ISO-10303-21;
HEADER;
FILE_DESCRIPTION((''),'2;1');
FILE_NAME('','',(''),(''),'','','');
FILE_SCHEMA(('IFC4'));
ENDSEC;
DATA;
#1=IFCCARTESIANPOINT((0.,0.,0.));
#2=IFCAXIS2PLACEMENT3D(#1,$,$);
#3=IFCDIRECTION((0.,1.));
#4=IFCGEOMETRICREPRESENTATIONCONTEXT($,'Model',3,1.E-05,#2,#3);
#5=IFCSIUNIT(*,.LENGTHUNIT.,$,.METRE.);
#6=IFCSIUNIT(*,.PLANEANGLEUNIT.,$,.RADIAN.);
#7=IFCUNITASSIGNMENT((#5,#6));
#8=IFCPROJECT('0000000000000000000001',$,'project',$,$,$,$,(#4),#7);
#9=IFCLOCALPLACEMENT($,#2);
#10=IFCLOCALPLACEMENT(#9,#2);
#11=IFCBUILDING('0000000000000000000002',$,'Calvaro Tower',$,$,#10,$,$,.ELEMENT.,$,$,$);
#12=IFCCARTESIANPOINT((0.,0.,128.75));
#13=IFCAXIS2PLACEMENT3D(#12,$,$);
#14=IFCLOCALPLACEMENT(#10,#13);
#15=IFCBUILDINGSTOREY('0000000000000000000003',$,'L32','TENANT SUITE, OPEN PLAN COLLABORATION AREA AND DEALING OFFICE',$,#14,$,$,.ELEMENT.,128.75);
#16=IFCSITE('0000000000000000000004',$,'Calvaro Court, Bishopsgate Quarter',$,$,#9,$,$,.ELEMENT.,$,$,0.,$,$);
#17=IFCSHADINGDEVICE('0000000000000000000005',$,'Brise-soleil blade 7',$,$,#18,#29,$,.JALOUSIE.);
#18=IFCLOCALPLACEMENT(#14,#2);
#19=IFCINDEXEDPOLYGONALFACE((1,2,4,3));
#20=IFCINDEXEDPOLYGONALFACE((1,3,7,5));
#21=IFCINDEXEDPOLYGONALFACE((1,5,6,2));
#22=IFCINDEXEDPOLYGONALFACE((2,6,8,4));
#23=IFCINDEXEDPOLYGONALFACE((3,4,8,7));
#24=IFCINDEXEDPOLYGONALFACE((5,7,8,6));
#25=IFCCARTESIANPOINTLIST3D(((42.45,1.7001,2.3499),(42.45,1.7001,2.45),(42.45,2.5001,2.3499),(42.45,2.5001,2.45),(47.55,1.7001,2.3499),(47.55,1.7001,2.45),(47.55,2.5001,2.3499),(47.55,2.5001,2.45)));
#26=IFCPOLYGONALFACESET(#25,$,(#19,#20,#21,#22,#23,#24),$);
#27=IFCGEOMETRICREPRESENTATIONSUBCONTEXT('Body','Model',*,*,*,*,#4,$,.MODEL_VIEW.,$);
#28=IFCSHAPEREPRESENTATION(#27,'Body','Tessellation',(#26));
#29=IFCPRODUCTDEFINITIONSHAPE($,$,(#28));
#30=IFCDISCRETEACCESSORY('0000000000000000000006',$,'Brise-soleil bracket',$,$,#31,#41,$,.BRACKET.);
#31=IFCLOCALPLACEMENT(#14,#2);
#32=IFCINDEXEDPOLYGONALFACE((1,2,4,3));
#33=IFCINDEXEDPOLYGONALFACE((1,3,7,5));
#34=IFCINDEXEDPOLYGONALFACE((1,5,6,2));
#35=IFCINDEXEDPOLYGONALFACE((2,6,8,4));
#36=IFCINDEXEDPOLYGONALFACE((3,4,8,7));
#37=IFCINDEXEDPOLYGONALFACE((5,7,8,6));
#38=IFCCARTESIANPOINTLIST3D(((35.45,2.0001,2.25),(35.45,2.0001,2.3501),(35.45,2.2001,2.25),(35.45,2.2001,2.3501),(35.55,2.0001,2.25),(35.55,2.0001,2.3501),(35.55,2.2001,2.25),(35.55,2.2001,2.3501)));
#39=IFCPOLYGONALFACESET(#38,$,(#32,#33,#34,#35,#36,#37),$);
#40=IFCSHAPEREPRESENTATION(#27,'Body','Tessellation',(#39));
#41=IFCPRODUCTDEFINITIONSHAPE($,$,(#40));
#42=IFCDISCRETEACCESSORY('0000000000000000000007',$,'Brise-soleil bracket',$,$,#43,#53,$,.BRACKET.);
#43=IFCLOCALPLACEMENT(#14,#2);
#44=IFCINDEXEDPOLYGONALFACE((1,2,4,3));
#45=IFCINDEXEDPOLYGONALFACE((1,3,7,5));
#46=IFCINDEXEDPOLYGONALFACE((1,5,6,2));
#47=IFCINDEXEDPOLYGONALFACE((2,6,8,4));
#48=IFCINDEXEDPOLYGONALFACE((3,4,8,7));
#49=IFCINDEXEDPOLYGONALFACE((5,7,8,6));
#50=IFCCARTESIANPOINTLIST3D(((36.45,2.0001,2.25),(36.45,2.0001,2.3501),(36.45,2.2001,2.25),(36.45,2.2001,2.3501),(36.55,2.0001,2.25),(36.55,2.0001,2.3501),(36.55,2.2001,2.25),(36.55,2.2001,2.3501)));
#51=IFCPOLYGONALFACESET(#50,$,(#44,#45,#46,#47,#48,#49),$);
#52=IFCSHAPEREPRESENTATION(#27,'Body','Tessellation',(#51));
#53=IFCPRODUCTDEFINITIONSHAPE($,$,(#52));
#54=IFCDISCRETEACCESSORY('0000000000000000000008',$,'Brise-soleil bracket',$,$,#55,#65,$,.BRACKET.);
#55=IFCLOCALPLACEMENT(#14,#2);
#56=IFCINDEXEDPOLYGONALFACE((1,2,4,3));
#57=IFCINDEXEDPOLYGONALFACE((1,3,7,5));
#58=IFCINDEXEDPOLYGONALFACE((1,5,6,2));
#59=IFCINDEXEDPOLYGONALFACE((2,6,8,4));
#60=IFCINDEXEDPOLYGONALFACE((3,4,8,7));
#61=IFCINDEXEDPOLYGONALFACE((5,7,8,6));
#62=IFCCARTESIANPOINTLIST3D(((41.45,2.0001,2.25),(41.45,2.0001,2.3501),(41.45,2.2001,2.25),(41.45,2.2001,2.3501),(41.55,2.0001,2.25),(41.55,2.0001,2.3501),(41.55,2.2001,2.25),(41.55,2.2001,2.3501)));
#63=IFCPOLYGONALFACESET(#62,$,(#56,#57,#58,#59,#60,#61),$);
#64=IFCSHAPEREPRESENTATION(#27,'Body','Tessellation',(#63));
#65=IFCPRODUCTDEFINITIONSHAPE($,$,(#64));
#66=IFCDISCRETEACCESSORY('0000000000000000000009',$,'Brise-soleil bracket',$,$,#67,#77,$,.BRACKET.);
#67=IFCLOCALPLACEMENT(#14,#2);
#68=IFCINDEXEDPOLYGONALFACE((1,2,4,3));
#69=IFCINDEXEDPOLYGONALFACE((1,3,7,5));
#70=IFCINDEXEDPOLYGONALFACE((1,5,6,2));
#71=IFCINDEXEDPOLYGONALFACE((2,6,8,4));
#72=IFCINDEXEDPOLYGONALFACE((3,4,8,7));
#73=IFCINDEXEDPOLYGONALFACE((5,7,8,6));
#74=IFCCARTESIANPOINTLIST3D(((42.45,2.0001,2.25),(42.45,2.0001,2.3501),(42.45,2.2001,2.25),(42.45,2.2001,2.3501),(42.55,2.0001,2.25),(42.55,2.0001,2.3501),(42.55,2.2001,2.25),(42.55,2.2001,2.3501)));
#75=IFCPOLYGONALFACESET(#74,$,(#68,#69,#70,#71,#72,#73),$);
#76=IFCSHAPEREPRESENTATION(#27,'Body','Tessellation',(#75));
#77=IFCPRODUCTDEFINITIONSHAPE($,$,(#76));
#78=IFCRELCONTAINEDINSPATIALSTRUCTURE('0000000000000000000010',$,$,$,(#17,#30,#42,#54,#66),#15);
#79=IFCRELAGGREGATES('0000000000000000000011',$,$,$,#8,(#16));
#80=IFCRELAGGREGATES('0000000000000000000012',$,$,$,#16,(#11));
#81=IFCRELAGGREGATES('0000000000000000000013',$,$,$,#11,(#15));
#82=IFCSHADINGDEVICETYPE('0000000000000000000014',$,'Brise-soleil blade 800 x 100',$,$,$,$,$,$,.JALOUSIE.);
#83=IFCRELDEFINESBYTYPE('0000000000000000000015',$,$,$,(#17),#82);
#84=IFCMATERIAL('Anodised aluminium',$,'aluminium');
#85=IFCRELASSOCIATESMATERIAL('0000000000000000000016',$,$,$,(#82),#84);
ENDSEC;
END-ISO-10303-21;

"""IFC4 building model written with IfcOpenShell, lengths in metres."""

from ifc_helpers import new_model, si_unit, direction, frame, origin, origin_2d, place, context, subcontext, project, spatial, rectangle, extrude, material, material_profile, profile_set, type_object, element, save


model = new_model("IFC4")

# Units and contexts
model_context = context("Model", 3, precision=1e-05, world=origin(), true_north=direction((0.0, 1.0)))
body_context = subcontext(model_context, "Body", "Model", "MODEL_VIEW")
ifc_project = project(units=[si_unit("LENGTHUNIT", "METRE"), si_unit("PLANEANGLEUNIT", "RADIAN")], contexts=[model_context])

# Site, building, storey
site_placement = place(None, origin())
site = spatial("IfcSite", under=ifc_project, at=site_placement, Name="Calvaro Court, Bishopsgate Quarter", CompositionType="ELEMENT", RefElevation=0.0)
building_placement = place(site_placement, origin())
building = spatial("IfcBuilding", under=site, at=building_placement, Name="Calvaro Tower", CompositionType="ELEMENT")
storey_placement = place(building_placement, frame((0.0, 0.0, 128.75)))
storey = spatial("IfcBuildingStorey", under=building, at=storey_placement, Name="L32", Description="TENANT SUITE, OPEN PLAN COLLABORATION AREA AND DEALING OFFICE", CompositionType="ELEMENT", Elevation=128.75)

# Shading device
ifc_material_1 = material(Name="Anodised aluminium", Category="aluminium")
ifc_material_profile_1 = material_profile(ifc_material_1, rectangle(XDim=0.8, YDim=0.1001, at=origin_2d()), Name="Brise-soleil blade 800 x 100")
ifc_profile_set_1 = profile_set([ifc_material_profile_1], Name="Anodised aluminium")
shading_device_type = type_object("IfcShadingDeviceType", Name="Brise-soleil blade 800 x 100", PredefinedType="JALOUSIE", material=ifc_profile_set_1)
for number, where, z_axis, x_axis, name in (
    (1, (42.45, 2.1001, 2.3999), (1.0, 0.0, 0.0), (0.0, 1.0, 0.0), "Brise-soleil blade 7"),
):
    element("IfcShadingDevice", number, at=place(storey_placement, frame(where, z_axis=z_axis, x_axis=x_axis)), inside=storey, type_object=shading_device_type, Name=name, PredefinedType="JALOUSIE", context=body_context, shape_type="SweptSolid", body=[
        extrude(rectangle(XDim=0.8, YDim=0.1001, at=origin_2d()), origin(), (0.0, 0.0, 1.0), 5.1001),
    ])

# Discrete accessories
for number, where, z_axis, x_axis, name in (
    (2, (35.5, 2.1001, 2.25), (0.0, 0.0, 1.0), (1.0, 0.0, 0.0), "Brise-soleil bracket"),
    (3, (36.5, 2.1001, 2.25), (0.0, 0.0, 1.0), (1.0, 0.0, 0.0), "Brise-soleil bracket"),
    (4, (41.5, 2.1001, 2.25), (0.0, 0.0, 1.0), (1.0, 0.0, 0.0), "Brise-soleil bracket"),
    (5, (42.5, 2.1001, 2.25), (0.0, 0.0, 1.0), (1.0, 0.0, 0.0), "Brise-soleil bracket"),
):
    element("IfcDiscreteAccessory", number, at=place(storey_placement, frame(where, z_axis=z_axis, x_axis=x_axis)), inside=storey, Name=name, PredefinedType="BRACKET", context=body_context, shape_type="SweptSolid", body=[
        extrude(rectangle(XDim=0.1001, YDim=0.2, at=origin_2d()), origin(), (0.0, 0.0, 1.0), 0.1001),
    ])

save(model, "model.ifc")
